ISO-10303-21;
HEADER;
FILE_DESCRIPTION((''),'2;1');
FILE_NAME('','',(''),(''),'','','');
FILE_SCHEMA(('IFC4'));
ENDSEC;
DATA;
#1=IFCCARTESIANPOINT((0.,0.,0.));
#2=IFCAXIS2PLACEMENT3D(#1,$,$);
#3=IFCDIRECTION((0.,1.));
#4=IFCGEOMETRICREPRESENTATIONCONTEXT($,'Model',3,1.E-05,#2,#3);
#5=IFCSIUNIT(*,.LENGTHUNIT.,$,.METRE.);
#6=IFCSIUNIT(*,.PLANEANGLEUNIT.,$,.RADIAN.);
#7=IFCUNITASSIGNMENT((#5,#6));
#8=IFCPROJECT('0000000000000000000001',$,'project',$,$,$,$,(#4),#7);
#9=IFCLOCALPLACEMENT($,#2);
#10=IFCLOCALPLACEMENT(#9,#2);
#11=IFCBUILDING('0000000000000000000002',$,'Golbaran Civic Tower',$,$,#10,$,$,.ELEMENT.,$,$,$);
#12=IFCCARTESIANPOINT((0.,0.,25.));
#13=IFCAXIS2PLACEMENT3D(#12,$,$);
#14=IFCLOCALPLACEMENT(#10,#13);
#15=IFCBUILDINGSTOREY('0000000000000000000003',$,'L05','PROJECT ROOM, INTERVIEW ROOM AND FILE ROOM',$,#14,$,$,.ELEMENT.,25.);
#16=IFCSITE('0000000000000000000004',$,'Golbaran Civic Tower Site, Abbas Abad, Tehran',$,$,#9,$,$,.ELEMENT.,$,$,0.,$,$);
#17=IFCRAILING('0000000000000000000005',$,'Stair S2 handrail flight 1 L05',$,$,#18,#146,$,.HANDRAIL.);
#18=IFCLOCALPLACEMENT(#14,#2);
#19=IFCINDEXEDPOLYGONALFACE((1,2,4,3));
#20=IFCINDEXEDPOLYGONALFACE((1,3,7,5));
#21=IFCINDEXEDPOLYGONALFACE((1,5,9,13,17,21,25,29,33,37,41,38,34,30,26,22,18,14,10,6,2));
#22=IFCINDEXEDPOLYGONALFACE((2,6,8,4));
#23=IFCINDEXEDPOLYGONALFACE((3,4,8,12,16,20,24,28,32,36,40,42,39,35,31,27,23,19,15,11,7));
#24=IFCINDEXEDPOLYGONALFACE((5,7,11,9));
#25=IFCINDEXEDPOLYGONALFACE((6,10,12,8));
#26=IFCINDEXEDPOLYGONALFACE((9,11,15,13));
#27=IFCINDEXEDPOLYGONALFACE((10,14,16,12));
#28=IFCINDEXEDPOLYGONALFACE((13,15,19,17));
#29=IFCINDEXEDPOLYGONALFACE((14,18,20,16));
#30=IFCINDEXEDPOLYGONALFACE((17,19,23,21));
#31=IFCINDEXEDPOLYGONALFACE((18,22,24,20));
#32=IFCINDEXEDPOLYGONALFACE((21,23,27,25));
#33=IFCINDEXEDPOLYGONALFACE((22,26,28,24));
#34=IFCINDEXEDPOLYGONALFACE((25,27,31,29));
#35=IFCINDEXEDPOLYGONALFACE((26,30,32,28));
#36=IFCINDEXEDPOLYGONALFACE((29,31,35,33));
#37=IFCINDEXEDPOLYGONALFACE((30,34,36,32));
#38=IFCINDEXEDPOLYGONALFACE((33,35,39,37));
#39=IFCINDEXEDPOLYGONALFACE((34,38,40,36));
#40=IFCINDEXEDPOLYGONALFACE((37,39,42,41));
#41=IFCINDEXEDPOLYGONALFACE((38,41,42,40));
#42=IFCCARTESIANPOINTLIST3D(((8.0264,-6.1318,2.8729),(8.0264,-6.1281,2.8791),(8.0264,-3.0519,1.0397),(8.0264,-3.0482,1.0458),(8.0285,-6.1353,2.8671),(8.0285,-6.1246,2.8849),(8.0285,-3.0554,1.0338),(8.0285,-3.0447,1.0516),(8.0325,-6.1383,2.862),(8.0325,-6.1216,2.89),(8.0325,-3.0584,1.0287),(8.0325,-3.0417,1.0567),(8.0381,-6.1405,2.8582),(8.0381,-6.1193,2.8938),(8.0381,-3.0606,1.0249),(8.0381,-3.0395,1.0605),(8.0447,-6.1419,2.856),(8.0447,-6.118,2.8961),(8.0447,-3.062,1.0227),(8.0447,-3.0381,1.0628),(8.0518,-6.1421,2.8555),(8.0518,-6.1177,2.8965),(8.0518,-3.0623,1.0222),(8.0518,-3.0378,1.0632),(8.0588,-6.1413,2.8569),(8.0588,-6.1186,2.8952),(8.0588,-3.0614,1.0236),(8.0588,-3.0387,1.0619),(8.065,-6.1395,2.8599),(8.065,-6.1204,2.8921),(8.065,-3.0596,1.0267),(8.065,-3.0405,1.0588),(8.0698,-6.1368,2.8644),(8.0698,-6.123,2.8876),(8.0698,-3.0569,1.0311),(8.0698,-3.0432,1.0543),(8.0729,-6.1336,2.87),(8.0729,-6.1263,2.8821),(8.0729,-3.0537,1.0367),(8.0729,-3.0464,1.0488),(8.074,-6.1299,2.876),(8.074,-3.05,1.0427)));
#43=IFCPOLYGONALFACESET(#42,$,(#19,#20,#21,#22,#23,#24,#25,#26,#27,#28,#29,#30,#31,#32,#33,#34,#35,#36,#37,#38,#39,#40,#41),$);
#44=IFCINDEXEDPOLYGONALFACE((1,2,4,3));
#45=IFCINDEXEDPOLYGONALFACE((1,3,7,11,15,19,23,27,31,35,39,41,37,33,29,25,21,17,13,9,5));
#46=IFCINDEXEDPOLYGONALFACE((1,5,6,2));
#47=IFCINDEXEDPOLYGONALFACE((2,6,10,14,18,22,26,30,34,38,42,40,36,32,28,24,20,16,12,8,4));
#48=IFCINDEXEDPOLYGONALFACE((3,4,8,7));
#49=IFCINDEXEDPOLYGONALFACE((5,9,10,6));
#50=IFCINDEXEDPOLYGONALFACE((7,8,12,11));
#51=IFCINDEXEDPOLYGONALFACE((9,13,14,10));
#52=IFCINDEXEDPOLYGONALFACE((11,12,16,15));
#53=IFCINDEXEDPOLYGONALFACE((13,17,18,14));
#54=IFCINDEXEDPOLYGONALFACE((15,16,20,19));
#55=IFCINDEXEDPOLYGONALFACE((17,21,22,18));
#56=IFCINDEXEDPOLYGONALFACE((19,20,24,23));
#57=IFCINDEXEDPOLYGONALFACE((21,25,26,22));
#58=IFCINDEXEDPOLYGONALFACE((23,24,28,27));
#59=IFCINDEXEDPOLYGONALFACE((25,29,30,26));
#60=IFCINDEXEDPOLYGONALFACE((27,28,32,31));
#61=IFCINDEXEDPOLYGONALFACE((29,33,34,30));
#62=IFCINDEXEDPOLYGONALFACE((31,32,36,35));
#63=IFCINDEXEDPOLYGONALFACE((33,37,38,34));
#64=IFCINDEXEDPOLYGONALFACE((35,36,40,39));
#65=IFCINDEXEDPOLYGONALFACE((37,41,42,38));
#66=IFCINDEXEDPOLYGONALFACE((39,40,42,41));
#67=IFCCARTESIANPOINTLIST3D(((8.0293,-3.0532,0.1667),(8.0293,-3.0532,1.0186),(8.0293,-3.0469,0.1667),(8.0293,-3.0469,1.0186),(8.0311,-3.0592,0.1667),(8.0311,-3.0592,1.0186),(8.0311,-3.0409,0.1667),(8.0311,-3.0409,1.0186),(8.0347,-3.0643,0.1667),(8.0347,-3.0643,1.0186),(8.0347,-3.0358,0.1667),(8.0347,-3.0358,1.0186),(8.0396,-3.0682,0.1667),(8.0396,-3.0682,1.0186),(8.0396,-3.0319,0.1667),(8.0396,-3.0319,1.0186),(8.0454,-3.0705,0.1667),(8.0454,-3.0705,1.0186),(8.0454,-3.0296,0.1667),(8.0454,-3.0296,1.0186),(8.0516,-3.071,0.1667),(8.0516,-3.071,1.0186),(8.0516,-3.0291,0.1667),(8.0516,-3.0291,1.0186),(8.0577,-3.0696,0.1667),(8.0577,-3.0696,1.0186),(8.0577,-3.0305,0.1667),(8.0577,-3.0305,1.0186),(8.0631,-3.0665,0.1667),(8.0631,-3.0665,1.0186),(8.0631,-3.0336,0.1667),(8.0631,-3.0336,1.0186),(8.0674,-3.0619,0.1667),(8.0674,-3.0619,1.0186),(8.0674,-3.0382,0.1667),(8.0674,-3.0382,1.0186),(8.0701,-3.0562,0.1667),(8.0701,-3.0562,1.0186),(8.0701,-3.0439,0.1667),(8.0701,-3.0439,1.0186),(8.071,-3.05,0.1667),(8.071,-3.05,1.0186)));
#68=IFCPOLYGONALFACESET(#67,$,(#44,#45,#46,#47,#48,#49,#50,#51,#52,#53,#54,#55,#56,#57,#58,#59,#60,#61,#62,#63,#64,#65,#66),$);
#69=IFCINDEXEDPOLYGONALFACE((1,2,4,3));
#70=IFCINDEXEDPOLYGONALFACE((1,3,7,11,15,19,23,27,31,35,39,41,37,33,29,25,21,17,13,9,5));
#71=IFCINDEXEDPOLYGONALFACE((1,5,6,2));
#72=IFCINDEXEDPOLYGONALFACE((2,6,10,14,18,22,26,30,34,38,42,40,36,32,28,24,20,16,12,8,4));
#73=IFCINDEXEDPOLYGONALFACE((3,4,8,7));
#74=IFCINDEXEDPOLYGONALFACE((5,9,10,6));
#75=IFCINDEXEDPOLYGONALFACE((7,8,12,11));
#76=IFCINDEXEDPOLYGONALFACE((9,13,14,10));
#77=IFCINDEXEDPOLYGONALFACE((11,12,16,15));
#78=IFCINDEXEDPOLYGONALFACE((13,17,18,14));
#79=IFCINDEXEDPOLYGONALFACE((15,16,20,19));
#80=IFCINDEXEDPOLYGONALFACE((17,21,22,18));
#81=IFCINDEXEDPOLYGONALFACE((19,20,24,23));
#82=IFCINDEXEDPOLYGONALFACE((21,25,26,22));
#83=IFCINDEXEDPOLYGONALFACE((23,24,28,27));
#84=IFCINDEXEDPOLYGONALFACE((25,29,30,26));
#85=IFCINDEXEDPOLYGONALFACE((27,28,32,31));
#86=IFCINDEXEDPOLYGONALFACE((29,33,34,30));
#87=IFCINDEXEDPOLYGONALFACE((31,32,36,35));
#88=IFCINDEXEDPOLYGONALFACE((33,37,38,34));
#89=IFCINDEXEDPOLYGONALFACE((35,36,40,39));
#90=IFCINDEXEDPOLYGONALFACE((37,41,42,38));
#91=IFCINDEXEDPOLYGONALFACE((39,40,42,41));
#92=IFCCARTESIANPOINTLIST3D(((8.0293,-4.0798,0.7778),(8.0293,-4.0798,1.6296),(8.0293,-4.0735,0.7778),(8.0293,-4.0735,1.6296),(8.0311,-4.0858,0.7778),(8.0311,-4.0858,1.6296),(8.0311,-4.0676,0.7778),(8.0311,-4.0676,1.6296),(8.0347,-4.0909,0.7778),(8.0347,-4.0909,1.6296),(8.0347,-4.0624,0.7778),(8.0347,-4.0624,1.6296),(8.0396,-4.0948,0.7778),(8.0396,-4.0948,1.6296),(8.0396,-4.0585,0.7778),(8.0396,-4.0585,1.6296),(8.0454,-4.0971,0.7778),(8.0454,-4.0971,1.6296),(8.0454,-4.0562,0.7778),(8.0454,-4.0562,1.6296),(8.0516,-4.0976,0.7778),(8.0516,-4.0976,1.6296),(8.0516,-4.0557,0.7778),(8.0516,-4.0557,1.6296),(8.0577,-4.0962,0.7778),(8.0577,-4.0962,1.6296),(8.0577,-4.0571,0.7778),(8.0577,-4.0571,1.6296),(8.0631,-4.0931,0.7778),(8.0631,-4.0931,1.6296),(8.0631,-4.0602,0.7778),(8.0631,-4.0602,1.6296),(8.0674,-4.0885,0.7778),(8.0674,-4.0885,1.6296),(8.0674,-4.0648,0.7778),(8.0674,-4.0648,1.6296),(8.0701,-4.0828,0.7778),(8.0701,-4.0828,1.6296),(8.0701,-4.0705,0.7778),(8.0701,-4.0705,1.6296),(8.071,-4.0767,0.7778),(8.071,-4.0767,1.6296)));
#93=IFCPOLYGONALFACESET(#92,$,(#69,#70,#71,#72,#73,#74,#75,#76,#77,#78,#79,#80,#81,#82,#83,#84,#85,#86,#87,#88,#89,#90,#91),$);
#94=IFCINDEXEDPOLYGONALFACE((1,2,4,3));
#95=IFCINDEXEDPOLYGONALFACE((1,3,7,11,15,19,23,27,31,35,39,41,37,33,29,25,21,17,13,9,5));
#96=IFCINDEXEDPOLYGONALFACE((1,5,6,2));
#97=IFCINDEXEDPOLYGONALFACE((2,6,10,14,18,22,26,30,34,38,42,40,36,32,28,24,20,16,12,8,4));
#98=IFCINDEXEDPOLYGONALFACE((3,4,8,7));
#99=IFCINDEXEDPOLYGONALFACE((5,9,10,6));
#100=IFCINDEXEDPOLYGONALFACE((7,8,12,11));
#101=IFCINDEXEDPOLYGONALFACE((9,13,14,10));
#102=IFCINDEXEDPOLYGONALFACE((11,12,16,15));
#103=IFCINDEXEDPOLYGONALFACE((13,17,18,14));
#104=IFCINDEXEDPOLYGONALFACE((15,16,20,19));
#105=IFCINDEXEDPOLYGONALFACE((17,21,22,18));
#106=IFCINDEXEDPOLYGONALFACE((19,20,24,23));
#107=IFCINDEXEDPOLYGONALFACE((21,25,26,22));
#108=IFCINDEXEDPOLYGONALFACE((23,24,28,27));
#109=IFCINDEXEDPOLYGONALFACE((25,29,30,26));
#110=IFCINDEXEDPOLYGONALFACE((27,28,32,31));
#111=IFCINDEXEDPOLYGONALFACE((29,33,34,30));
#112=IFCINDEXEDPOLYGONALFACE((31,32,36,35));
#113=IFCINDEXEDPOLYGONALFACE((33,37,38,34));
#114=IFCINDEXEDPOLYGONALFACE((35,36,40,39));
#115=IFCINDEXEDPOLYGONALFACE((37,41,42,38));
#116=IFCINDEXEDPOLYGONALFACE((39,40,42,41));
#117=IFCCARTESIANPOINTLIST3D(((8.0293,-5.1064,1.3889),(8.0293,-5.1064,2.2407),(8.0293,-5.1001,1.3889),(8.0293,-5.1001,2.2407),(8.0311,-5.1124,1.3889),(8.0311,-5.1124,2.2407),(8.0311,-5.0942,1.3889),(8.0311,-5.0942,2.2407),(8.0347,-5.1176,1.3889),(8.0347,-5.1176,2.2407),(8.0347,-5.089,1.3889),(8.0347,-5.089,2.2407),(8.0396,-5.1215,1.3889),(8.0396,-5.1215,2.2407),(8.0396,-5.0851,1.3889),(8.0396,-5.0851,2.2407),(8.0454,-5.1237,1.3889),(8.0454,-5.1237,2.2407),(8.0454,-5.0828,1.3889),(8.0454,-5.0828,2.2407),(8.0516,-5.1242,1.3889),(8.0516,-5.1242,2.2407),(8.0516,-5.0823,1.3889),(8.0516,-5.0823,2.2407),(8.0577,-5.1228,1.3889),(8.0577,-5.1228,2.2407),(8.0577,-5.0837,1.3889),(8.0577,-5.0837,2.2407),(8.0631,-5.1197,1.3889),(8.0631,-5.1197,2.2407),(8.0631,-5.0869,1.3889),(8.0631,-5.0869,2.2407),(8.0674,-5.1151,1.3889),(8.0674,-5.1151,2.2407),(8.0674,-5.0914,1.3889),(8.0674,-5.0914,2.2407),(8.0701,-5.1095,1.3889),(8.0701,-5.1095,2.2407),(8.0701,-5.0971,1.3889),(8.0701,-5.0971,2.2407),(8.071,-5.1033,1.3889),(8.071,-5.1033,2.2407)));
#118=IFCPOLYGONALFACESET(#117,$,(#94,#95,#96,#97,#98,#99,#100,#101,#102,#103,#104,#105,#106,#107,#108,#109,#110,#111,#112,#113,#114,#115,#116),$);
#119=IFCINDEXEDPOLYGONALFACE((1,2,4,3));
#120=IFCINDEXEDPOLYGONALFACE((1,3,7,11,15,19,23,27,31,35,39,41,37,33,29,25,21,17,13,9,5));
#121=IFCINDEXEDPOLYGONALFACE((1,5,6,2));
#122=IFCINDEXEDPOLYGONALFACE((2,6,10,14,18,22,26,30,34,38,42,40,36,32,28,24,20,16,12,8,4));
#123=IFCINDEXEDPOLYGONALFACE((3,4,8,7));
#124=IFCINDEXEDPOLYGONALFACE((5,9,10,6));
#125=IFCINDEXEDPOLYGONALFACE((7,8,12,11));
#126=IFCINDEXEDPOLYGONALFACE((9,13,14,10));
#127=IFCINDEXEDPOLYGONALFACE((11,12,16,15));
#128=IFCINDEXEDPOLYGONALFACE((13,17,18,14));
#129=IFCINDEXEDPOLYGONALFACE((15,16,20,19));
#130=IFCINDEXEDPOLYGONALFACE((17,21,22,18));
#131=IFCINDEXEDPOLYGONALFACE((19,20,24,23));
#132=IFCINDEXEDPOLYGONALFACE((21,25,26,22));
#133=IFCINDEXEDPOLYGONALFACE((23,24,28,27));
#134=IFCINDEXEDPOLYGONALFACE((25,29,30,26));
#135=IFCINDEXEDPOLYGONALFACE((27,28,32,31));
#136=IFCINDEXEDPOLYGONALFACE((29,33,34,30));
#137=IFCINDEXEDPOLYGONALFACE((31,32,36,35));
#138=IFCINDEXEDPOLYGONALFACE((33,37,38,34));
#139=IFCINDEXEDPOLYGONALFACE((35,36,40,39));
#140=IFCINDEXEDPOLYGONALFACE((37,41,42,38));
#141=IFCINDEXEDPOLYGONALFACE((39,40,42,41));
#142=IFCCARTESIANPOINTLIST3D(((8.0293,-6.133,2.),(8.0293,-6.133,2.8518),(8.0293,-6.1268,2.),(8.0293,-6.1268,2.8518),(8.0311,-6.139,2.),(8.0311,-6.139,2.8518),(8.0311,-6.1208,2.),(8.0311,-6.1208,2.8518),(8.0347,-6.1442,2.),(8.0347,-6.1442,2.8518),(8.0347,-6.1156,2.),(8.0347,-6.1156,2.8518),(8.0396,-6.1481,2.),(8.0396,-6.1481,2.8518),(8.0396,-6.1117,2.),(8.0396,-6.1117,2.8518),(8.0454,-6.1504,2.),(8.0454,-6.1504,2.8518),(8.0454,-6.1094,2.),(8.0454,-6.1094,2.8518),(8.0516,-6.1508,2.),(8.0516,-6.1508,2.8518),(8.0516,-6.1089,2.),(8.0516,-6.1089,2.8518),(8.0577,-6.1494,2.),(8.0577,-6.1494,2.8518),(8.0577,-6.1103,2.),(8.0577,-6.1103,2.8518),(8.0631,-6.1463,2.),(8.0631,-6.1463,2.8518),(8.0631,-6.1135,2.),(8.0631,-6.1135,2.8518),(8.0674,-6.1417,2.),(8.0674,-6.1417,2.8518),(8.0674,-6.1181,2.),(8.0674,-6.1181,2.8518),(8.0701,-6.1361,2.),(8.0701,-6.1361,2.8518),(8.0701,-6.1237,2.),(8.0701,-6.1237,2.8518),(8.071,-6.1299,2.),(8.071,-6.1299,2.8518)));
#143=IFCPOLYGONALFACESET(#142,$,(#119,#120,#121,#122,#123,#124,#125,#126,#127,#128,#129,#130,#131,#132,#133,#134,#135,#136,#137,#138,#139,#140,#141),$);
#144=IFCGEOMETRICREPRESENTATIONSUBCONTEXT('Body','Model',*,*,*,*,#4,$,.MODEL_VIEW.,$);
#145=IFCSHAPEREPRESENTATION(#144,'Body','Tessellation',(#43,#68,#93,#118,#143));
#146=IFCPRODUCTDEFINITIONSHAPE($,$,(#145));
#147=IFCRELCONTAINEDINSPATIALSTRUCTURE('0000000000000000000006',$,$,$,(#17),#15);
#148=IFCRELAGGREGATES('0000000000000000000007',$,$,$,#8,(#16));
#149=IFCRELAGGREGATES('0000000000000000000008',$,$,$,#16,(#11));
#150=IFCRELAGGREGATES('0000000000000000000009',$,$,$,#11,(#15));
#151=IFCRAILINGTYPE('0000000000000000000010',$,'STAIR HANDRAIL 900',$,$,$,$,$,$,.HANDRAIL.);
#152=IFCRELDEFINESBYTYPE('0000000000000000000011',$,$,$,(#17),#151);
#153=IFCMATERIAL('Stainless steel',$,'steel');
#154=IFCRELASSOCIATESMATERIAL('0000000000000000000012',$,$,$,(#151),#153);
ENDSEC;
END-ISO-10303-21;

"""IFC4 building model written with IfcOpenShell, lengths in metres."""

from ifc_helpers import new_model, si_unit, direction, frame, origin, origin_2d, place, context, subcontext, project, spatial, circle, extrude, material, type_object, element, save


model = new_model("IFC4")

# Units and contexts
model_context = context("Model", 3, precision=1e-05, world=origin(), true_north=direction((0.0, 1.0)))
body_context = subcontext(model_context, "Body", "Model", "MODEL_VIEW")
ifc_project = project(units=[si_unit("LENGTHUNIT", "METRE"), si_unit("PLANEANGLEUNIT", "RADIAN")], contexts=[model_context])

# Site, building, storey
site_placement = place(None, origin())
site = spatial("IfcSite", under=ifc_project, at=site_placement, Name="Golbaran Civic Tower Site, Abbas Abad, Tehran", CompositionType="ELEMENT", RefElevation=0.0)
building_placement = place(site_placement, origin())
building = spatial("IfcBuilding", under=site, at=building_placement, Name="Golbaran Civic Tower", CompositionType="ELEMENT")
storey_placement = place(building_placement, frame((0.0, 0.0, 25.0)))
storey = spatial("IfcBuildingStorey", under=building, at=storey_placement, Name="L05", Description="PROJECT ROOM, INTERVIEW ROOM AND FILE ROOM", CompositionType="ELEMENT", Elevation=25.0)

# Railing
ifc_material_1 = material(Name="Stainless steel", Category="steel")
railing_type = type_object("IfcRailingType", Name="STAIR HANDRAIL 900", PredefinedType="HANDRAIL", material=ifc_material_1)
railing_placement = place(storey_placement, frame((8.05, -3.05, 0.1667)))
element("IfcRailing", 1, at=railing_placement, inside=storey, type_object=railing_type, Name="Stair S2 handrail flight 1 L05", PredefinedType="HANDRAIL", context=body_context, shape_type="SweptSolid", body=[
    extrude(circle(Radius=0.0239, at=origin_2d()), frame((0.0, 0.0, 0.876), z_axis=(0.0, -0.859291, 0.511487), x_axis=(1.0, 0.0, 0.0)), (0.0, 0.0, 1.0), 3.5842),
    extrude(circle(Radius=0.021, at=origin_2d()), origin(), (0.0, 0.0, 1.0), 0.8518),
    extrude(circle(Radius=0.021, at=origin_2d()), frame((0.0, -1.0266, 0.6111)), (0.0, 0.0, 1.0), 0.8518),
    extrude(circle(Radius=0.021, at=origin_2d()), frame((0.0, -2.0532, 1.2222)), (0.0, 0.0, 1.0), 0.8518),
    extrude(circle(Radius=0.021, at=origin_2d()), frame((0.0, -3.0798, 1.8333)), (0.0, 0.0, 1.0), 0.8518),
])

save(model, "model.ifc")
